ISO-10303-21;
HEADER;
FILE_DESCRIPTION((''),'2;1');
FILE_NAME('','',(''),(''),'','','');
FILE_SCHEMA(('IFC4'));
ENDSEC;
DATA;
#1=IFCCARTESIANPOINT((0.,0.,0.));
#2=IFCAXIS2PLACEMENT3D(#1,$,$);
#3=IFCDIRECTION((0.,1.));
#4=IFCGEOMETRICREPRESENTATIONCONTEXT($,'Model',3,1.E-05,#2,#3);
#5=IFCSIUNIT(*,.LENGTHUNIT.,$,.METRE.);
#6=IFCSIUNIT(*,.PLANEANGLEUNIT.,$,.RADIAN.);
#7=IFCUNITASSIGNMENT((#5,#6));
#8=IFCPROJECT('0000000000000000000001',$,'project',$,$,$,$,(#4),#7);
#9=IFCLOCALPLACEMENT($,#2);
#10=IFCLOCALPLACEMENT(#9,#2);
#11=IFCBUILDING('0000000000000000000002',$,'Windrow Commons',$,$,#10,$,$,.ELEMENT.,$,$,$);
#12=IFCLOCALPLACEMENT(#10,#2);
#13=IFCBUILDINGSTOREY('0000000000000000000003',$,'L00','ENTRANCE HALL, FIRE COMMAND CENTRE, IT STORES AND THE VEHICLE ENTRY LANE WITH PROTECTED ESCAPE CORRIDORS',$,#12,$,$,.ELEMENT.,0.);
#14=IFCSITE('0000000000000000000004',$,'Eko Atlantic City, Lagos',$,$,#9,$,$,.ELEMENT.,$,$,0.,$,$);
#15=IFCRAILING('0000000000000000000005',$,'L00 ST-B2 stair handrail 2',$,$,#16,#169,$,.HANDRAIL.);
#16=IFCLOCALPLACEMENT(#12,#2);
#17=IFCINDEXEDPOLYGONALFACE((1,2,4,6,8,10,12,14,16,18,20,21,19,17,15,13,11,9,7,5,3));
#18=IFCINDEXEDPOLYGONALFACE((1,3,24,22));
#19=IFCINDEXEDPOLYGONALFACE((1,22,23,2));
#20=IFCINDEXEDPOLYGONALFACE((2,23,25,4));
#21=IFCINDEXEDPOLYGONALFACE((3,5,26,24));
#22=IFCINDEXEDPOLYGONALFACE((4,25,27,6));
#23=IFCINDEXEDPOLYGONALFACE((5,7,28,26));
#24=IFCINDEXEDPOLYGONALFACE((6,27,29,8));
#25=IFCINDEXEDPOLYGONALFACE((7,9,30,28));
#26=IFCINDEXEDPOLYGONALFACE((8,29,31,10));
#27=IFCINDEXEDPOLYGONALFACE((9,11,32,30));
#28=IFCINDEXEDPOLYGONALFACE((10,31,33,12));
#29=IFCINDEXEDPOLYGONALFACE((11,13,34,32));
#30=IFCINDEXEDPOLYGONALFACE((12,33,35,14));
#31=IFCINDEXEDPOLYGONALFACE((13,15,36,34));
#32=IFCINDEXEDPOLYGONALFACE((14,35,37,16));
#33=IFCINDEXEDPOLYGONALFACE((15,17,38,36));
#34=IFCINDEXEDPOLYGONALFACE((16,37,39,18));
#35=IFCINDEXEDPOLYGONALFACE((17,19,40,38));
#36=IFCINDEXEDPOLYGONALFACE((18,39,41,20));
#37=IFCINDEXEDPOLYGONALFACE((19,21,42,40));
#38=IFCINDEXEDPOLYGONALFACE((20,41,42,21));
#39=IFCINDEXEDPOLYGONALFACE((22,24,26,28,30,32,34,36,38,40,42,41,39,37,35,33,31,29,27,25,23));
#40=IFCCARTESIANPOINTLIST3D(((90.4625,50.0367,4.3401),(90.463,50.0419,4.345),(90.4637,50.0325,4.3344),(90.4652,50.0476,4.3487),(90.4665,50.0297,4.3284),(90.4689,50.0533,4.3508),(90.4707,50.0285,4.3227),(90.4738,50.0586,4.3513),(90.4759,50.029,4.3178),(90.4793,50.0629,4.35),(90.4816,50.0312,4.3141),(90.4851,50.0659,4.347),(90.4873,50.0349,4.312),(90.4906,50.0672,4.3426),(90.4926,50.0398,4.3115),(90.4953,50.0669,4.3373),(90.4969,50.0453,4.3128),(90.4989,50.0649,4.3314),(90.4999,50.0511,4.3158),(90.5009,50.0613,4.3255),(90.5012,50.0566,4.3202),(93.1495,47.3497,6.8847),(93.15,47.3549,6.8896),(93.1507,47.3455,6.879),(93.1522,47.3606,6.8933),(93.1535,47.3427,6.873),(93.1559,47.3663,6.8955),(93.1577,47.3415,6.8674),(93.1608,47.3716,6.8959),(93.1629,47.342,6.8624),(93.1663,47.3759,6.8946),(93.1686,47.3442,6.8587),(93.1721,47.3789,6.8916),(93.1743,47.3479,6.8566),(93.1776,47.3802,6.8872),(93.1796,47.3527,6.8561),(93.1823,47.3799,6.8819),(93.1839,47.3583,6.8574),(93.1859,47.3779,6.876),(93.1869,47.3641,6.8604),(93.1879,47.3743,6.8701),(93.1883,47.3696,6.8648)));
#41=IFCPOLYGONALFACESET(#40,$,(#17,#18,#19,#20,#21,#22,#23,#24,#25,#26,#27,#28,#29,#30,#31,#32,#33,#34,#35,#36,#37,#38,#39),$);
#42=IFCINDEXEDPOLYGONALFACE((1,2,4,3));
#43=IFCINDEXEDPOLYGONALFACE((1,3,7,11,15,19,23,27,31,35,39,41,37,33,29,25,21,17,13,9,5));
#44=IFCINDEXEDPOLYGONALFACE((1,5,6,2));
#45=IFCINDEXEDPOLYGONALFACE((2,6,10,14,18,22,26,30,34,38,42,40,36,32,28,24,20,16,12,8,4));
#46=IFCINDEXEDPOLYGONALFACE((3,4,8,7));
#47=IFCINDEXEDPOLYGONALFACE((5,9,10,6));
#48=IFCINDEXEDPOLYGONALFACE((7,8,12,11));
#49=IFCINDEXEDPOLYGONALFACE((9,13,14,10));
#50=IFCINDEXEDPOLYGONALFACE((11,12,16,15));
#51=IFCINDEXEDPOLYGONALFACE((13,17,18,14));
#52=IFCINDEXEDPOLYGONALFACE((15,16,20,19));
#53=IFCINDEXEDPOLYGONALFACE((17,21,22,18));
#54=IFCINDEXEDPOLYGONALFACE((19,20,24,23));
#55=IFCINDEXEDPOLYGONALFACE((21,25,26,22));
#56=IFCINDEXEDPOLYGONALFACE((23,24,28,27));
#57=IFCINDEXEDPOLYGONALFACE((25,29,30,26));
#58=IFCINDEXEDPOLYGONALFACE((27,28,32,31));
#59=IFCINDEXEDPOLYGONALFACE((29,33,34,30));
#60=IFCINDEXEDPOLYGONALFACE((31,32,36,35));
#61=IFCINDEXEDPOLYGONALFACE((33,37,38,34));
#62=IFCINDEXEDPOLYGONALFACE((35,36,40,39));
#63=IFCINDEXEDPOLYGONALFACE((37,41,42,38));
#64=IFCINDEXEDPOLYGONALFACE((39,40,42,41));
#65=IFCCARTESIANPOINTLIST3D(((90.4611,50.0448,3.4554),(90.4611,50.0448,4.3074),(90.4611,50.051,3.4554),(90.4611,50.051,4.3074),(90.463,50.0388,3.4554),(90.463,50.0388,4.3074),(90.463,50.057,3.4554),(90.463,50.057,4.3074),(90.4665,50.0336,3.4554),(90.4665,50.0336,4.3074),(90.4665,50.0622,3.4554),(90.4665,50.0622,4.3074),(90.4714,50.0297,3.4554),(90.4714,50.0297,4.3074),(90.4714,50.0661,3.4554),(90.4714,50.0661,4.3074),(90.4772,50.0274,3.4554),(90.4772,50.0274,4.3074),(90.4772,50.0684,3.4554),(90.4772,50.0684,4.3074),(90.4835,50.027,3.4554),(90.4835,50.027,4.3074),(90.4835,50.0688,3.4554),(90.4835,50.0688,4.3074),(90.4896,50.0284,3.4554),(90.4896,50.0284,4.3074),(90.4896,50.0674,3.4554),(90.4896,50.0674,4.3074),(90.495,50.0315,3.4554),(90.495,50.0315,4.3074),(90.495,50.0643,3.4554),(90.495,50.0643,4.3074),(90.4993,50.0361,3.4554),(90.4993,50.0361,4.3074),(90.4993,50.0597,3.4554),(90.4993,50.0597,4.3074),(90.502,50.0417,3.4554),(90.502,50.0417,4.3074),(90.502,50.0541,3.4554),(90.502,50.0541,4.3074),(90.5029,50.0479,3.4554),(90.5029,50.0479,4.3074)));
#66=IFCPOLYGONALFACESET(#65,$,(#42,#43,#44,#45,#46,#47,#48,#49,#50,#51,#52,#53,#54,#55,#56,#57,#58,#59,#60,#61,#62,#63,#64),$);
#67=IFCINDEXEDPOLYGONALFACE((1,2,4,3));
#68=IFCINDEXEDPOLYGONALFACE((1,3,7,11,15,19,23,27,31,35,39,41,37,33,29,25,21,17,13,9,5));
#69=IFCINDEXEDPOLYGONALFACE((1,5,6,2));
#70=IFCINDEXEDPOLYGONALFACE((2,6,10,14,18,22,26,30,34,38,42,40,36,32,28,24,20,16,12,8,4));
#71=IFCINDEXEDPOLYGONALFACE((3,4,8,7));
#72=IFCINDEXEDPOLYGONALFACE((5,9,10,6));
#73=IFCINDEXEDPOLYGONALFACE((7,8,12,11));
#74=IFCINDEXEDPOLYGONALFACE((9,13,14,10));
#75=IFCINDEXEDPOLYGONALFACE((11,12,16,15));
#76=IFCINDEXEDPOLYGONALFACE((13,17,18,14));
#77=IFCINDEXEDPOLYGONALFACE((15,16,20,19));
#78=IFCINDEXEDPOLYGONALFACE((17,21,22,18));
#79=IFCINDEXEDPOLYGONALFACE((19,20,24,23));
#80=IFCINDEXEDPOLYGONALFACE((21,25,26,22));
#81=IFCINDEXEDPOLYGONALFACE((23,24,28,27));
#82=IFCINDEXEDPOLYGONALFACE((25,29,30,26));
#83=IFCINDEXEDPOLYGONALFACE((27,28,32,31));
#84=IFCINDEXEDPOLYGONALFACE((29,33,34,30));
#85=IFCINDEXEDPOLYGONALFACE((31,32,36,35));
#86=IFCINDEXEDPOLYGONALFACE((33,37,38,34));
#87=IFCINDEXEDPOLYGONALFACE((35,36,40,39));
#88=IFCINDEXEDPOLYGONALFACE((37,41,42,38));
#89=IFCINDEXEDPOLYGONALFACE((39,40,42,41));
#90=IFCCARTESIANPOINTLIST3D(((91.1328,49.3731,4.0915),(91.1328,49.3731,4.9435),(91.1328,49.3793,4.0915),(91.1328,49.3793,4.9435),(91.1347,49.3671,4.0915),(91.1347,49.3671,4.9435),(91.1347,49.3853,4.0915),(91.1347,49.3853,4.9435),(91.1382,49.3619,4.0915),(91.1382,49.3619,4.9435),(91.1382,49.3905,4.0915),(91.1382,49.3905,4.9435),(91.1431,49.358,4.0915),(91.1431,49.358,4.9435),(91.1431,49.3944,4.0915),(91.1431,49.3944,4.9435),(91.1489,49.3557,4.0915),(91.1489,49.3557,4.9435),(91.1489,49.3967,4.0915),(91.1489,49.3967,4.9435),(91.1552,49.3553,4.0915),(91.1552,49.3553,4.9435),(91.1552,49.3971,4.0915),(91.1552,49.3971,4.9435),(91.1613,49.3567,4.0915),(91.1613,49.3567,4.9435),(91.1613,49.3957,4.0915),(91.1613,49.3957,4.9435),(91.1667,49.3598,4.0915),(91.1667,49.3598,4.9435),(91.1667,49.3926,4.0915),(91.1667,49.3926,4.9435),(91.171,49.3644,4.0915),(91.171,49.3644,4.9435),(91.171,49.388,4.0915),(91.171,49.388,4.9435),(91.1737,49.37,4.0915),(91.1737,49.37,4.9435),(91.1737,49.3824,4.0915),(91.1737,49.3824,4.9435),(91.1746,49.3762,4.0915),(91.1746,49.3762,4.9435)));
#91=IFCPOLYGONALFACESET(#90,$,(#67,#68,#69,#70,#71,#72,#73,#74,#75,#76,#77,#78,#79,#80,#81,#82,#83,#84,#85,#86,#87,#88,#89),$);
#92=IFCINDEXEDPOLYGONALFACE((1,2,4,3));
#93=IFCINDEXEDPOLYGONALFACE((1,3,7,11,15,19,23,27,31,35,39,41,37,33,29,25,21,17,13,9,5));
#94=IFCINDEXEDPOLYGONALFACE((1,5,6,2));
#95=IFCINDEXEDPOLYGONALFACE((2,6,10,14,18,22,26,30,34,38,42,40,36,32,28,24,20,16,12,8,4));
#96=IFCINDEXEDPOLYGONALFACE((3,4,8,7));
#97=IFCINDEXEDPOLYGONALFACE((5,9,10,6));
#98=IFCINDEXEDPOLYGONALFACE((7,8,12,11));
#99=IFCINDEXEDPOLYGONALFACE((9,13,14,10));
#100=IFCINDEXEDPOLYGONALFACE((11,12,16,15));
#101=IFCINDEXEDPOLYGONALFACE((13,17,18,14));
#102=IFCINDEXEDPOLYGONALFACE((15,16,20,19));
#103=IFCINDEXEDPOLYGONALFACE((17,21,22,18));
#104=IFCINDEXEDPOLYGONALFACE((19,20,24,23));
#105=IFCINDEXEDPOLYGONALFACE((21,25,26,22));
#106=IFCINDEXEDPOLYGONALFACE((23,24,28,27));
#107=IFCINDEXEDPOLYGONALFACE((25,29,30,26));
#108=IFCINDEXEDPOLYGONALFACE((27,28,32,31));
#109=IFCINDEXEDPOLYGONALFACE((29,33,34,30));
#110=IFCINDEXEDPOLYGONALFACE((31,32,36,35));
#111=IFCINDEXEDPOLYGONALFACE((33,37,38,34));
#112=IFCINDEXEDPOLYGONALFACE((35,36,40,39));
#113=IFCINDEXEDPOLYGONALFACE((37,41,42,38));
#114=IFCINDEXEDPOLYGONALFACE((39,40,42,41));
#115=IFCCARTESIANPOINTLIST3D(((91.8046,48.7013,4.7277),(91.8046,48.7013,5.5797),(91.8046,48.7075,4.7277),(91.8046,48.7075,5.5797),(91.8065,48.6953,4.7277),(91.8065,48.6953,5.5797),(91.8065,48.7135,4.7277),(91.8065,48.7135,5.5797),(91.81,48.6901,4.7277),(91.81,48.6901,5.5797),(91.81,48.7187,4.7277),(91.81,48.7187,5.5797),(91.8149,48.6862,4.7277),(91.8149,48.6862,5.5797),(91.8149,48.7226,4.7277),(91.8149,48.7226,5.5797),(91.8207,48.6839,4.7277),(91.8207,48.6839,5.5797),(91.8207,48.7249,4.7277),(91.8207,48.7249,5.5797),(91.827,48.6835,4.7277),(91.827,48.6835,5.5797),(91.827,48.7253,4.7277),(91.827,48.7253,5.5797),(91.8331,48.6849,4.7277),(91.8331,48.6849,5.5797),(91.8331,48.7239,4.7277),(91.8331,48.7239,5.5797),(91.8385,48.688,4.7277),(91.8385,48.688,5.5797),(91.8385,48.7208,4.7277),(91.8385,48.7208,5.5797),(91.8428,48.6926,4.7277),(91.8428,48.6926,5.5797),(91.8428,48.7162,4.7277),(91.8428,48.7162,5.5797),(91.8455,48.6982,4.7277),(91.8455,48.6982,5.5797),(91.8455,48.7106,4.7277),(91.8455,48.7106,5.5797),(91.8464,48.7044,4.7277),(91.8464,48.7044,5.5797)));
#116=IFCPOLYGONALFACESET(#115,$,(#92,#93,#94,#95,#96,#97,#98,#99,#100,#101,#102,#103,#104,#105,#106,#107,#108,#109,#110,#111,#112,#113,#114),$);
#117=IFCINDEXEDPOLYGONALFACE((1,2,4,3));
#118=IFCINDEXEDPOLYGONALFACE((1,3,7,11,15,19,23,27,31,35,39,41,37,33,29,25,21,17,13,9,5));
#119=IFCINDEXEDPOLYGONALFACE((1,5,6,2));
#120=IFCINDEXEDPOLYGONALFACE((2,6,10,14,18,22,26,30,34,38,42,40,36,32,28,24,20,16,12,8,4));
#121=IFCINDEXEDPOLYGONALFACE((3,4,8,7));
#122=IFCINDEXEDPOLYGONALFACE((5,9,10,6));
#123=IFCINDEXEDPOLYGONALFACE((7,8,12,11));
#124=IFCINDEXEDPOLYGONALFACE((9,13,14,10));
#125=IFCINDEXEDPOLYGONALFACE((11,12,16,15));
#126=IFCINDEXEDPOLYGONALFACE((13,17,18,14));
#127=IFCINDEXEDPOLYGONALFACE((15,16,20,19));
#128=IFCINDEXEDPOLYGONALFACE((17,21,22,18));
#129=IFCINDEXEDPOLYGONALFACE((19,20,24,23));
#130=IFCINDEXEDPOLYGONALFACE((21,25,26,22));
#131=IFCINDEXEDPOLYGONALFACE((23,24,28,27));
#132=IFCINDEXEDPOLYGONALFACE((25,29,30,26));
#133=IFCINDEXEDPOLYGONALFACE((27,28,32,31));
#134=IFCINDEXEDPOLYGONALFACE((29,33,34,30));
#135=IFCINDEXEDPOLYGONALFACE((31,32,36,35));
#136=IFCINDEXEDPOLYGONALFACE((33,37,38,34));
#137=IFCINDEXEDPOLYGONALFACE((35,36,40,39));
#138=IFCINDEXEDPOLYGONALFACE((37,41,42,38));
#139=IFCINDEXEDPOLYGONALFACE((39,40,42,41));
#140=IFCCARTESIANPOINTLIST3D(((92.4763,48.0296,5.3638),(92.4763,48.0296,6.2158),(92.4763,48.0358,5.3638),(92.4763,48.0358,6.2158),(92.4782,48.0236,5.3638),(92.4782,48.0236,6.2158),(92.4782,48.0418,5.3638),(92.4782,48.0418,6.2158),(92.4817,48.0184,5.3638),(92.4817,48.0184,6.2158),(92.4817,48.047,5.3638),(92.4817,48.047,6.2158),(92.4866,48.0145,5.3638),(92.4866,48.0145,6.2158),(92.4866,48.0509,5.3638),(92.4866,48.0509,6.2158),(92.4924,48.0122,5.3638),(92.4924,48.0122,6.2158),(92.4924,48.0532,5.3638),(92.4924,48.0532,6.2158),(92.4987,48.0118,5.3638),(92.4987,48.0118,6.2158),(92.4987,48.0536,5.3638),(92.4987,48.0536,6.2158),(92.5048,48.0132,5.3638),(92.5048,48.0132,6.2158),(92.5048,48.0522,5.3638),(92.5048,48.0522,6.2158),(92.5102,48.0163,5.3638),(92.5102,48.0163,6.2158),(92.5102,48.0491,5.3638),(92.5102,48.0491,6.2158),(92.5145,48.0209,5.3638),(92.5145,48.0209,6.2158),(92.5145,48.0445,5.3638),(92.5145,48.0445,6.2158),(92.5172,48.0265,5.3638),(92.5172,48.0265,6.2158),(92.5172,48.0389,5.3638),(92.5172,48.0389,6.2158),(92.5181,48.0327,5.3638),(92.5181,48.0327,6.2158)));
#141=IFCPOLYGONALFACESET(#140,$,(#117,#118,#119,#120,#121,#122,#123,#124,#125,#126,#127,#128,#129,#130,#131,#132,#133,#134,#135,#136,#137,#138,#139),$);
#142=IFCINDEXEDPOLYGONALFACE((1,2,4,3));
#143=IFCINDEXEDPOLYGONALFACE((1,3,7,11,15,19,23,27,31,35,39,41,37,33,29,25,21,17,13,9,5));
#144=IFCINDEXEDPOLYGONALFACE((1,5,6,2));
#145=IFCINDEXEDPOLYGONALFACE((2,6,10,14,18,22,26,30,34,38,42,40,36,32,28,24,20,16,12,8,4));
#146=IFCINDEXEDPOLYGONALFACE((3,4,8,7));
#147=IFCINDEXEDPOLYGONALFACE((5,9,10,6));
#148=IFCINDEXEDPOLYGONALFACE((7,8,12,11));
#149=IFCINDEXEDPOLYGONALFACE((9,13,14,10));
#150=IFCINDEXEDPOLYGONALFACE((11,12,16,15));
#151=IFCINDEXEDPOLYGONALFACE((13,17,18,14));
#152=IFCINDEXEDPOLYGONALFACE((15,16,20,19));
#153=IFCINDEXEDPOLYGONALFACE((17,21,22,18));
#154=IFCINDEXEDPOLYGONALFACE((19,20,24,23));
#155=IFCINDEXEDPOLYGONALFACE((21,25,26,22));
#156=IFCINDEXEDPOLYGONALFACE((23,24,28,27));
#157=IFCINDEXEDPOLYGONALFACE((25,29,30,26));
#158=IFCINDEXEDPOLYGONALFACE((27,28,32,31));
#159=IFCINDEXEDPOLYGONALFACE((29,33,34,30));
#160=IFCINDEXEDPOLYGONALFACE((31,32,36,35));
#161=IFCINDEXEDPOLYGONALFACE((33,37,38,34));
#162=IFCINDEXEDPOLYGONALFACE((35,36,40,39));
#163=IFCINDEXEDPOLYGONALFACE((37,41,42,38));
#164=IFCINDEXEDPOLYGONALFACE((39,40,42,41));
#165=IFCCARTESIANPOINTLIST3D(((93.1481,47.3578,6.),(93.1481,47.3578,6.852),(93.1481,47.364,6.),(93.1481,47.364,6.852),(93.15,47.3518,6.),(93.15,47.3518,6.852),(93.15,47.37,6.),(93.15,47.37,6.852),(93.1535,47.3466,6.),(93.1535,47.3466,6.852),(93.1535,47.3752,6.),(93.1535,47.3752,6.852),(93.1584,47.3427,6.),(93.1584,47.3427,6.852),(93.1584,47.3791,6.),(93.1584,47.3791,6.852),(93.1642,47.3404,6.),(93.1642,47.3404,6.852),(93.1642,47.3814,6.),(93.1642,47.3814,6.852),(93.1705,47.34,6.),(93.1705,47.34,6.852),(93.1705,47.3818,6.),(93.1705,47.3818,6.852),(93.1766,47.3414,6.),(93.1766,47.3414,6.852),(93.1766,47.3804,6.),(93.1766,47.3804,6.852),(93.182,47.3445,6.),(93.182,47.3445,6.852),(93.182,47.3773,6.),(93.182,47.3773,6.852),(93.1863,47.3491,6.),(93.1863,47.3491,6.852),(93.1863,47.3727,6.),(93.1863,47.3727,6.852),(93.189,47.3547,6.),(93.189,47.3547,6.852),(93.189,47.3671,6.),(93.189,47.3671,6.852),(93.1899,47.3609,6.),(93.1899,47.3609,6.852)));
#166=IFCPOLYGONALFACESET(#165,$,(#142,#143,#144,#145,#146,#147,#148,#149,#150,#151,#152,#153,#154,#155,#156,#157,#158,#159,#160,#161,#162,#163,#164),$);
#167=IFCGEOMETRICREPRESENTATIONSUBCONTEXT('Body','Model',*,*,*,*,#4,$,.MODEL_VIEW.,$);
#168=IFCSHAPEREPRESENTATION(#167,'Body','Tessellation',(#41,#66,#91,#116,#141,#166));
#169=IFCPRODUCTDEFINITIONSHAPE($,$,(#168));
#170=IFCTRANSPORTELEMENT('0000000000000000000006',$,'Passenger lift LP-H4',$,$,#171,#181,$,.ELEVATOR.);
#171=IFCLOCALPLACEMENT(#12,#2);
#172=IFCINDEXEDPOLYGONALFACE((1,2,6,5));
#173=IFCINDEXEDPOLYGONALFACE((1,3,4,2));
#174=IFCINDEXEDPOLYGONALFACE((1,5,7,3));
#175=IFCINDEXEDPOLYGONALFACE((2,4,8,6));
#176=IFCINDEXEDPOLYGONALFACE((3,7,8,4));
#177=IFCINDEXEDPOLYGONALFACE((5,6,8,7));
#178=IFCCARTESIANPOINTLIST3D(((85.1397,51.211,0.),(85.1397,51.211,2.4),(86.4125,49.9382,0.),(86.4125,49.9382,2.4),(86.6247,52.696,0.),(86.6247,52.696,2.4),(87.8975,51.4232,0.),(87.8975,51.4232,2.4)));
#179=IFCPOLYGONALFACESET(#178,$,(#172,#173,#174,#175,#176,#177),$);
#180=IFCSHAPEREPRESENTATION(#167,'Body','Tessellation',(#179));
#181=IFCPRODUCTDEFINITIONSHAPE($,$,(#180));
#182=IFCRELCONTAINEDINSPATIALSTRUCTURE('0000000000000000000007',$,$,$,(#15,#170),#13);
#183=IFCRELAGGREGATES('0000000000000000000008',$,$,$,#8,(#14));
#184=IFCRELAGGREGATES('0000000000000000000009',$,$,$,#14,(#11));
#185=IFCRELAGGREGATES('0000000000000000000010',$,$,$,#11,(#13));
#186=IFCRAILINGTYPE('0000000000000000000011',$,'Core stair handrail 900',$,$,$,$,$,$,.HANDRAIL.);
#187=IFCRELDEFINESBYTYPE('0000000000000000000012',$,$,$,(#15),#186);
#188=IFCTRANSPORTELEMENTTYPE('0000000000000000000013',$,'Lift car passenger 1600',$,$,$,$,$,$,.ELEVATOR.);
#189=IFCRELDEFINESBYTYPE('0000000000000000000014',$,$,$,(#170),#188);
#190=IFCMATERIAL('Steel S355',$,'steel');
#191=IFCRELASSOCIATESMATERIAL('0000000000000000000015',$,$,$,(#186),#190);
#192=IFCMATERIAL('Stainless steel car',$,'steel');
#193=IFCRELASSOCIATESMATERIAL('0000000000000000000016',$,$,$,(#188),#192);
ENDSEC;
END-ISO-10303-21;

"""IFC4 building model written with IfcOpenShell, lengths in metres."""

from ifc_helpers import new_model, si_unit, direction, frame, origin, origin_2d, place, context, subcontext, project, spatial, rectangle, circle, extrude, material, type_object, element, save


model = new_model("IFC4")

# Units and contexts
model_context = context("Model", 3, precision=1e-05, world=origin(), true_north=direction((0.0, 1.0)))
body_context = subcontext(model_context, "Body", "Model", "MODEL_VIEW")
ifc_project = project(units=[si_unit("LENGTHUNIT", "METRE"), si_unit("PLANEANGLEUNIT", "RADIAN")], contexts=[model_context])

# Site, building, storey
site_placement = place(None, origin())
site = spatial("IfcSite", under=ifc_project, at=site_placement, Name="Eko Atlantic City, Lagos", CompositionType="ELEMENT", RefElevation=0.0)
building_placement = place(site_placement, origin())
building = spatial("IfcBuilding", under=site, at=building_placement, Name="Windrow Commons", CompositionType="ELEMENT")
storey_placement = place(building_placement, origin())
storey = spatial("IfcBuildingStorey", under=building, at=storey_placement, Name="L00", Description="ENTRANCE HALL, FIRE COMMAND CENTRE, IT STORES AND THE VEHICLE ENTRY LANE WITH PROTECTED ESCAPE CORRIDORS", CompositionType="ELEMENT", Elevation=0.0)

# Railing
ifc_material_1 = material(Name="Steel S355", Category="steel")
railing_type_1 = type_object("IfcRailingType", Name="Core stair handrail 900", PredefinedType="HANDRAIL", material=ifc_material_1)
railing_1_placement = place(storey_placement, frame((90.4819, 50.0479, 3.4554)))
element("IfcRailing", 1, at=railing_1_placement, inside=storey, type_object=railing_type_1, Name="L00 ST-B2 stair handrail 2", PredefinedType="HANDRAIL", context=body_context, shape_type="SweptSolid", body=[
    extrude(circle(Radius=0.024, at=origin_2d()), frame((0.0, 0.0, 0.876), z_axis=(0.587543, -0.587543, 0.556405), x_axis=(0.707107, 0.707107, 0.0)), (0.0, 0.0, 1.0), 4.5733),
    extrude(circle(Radius=0.021, at=origin_2d()), origin(), (0.0, 0.0, 1.0), 0.852),
    extrude(circle(Radius=0.021, at=origin_2d()), frame((0.6717, -0.6717, 0.6361)), (0.0, 0.0, 1.0), 0.852),
    extrude(circle(Radius=0.021, at=origin_2d()), frame((1.3435, -1.3435, 1.2723)), (0.0, 0.0, 1.0), 0.852),
    extrude(circle(Radius=0.021, at=origin_2d()), frame((2.0152, -2.0152, 1.9084)), (0.0, 0.0, 1.0), 0.852),
    extrude(circle(Radius=0.021, at=origin_2d()), frame((2.687, -2.687, 2.5446)), (0.0, 0.0, 1.0), 0.852),
])

# Transport element
ifc_material_2 = material(Name="Stainless steel car", Category="steel")
transport_element_type = type_object("IfcTransportElementType", Name="Lift car passenger 1600", PredefinedType="ELEVATOR", material=ifc_material_2)
transport_element_placement = place(storey_placement, frame((86.5186, 51.3171, 0.0), z_axis=(0.0, 0.0, 1.0), x_axis=(0.707107, -0.707107, 0.0)))
element("IfcTransportElement", 2, at=transport_element_placement, inside=storey, type_object=transport_element_type, Name="Passenger lift LP-H4", PredefinedType="ELEVATOR", context=body_context, shape_type="SweptSolid", body=[
    extrude(rectangle(XDim=1.8, YDim=2.1, at=origin_2d()), origin(), (0.0, 0.0, 1.0), 2.4),
])

save(model, "model.ifc")
